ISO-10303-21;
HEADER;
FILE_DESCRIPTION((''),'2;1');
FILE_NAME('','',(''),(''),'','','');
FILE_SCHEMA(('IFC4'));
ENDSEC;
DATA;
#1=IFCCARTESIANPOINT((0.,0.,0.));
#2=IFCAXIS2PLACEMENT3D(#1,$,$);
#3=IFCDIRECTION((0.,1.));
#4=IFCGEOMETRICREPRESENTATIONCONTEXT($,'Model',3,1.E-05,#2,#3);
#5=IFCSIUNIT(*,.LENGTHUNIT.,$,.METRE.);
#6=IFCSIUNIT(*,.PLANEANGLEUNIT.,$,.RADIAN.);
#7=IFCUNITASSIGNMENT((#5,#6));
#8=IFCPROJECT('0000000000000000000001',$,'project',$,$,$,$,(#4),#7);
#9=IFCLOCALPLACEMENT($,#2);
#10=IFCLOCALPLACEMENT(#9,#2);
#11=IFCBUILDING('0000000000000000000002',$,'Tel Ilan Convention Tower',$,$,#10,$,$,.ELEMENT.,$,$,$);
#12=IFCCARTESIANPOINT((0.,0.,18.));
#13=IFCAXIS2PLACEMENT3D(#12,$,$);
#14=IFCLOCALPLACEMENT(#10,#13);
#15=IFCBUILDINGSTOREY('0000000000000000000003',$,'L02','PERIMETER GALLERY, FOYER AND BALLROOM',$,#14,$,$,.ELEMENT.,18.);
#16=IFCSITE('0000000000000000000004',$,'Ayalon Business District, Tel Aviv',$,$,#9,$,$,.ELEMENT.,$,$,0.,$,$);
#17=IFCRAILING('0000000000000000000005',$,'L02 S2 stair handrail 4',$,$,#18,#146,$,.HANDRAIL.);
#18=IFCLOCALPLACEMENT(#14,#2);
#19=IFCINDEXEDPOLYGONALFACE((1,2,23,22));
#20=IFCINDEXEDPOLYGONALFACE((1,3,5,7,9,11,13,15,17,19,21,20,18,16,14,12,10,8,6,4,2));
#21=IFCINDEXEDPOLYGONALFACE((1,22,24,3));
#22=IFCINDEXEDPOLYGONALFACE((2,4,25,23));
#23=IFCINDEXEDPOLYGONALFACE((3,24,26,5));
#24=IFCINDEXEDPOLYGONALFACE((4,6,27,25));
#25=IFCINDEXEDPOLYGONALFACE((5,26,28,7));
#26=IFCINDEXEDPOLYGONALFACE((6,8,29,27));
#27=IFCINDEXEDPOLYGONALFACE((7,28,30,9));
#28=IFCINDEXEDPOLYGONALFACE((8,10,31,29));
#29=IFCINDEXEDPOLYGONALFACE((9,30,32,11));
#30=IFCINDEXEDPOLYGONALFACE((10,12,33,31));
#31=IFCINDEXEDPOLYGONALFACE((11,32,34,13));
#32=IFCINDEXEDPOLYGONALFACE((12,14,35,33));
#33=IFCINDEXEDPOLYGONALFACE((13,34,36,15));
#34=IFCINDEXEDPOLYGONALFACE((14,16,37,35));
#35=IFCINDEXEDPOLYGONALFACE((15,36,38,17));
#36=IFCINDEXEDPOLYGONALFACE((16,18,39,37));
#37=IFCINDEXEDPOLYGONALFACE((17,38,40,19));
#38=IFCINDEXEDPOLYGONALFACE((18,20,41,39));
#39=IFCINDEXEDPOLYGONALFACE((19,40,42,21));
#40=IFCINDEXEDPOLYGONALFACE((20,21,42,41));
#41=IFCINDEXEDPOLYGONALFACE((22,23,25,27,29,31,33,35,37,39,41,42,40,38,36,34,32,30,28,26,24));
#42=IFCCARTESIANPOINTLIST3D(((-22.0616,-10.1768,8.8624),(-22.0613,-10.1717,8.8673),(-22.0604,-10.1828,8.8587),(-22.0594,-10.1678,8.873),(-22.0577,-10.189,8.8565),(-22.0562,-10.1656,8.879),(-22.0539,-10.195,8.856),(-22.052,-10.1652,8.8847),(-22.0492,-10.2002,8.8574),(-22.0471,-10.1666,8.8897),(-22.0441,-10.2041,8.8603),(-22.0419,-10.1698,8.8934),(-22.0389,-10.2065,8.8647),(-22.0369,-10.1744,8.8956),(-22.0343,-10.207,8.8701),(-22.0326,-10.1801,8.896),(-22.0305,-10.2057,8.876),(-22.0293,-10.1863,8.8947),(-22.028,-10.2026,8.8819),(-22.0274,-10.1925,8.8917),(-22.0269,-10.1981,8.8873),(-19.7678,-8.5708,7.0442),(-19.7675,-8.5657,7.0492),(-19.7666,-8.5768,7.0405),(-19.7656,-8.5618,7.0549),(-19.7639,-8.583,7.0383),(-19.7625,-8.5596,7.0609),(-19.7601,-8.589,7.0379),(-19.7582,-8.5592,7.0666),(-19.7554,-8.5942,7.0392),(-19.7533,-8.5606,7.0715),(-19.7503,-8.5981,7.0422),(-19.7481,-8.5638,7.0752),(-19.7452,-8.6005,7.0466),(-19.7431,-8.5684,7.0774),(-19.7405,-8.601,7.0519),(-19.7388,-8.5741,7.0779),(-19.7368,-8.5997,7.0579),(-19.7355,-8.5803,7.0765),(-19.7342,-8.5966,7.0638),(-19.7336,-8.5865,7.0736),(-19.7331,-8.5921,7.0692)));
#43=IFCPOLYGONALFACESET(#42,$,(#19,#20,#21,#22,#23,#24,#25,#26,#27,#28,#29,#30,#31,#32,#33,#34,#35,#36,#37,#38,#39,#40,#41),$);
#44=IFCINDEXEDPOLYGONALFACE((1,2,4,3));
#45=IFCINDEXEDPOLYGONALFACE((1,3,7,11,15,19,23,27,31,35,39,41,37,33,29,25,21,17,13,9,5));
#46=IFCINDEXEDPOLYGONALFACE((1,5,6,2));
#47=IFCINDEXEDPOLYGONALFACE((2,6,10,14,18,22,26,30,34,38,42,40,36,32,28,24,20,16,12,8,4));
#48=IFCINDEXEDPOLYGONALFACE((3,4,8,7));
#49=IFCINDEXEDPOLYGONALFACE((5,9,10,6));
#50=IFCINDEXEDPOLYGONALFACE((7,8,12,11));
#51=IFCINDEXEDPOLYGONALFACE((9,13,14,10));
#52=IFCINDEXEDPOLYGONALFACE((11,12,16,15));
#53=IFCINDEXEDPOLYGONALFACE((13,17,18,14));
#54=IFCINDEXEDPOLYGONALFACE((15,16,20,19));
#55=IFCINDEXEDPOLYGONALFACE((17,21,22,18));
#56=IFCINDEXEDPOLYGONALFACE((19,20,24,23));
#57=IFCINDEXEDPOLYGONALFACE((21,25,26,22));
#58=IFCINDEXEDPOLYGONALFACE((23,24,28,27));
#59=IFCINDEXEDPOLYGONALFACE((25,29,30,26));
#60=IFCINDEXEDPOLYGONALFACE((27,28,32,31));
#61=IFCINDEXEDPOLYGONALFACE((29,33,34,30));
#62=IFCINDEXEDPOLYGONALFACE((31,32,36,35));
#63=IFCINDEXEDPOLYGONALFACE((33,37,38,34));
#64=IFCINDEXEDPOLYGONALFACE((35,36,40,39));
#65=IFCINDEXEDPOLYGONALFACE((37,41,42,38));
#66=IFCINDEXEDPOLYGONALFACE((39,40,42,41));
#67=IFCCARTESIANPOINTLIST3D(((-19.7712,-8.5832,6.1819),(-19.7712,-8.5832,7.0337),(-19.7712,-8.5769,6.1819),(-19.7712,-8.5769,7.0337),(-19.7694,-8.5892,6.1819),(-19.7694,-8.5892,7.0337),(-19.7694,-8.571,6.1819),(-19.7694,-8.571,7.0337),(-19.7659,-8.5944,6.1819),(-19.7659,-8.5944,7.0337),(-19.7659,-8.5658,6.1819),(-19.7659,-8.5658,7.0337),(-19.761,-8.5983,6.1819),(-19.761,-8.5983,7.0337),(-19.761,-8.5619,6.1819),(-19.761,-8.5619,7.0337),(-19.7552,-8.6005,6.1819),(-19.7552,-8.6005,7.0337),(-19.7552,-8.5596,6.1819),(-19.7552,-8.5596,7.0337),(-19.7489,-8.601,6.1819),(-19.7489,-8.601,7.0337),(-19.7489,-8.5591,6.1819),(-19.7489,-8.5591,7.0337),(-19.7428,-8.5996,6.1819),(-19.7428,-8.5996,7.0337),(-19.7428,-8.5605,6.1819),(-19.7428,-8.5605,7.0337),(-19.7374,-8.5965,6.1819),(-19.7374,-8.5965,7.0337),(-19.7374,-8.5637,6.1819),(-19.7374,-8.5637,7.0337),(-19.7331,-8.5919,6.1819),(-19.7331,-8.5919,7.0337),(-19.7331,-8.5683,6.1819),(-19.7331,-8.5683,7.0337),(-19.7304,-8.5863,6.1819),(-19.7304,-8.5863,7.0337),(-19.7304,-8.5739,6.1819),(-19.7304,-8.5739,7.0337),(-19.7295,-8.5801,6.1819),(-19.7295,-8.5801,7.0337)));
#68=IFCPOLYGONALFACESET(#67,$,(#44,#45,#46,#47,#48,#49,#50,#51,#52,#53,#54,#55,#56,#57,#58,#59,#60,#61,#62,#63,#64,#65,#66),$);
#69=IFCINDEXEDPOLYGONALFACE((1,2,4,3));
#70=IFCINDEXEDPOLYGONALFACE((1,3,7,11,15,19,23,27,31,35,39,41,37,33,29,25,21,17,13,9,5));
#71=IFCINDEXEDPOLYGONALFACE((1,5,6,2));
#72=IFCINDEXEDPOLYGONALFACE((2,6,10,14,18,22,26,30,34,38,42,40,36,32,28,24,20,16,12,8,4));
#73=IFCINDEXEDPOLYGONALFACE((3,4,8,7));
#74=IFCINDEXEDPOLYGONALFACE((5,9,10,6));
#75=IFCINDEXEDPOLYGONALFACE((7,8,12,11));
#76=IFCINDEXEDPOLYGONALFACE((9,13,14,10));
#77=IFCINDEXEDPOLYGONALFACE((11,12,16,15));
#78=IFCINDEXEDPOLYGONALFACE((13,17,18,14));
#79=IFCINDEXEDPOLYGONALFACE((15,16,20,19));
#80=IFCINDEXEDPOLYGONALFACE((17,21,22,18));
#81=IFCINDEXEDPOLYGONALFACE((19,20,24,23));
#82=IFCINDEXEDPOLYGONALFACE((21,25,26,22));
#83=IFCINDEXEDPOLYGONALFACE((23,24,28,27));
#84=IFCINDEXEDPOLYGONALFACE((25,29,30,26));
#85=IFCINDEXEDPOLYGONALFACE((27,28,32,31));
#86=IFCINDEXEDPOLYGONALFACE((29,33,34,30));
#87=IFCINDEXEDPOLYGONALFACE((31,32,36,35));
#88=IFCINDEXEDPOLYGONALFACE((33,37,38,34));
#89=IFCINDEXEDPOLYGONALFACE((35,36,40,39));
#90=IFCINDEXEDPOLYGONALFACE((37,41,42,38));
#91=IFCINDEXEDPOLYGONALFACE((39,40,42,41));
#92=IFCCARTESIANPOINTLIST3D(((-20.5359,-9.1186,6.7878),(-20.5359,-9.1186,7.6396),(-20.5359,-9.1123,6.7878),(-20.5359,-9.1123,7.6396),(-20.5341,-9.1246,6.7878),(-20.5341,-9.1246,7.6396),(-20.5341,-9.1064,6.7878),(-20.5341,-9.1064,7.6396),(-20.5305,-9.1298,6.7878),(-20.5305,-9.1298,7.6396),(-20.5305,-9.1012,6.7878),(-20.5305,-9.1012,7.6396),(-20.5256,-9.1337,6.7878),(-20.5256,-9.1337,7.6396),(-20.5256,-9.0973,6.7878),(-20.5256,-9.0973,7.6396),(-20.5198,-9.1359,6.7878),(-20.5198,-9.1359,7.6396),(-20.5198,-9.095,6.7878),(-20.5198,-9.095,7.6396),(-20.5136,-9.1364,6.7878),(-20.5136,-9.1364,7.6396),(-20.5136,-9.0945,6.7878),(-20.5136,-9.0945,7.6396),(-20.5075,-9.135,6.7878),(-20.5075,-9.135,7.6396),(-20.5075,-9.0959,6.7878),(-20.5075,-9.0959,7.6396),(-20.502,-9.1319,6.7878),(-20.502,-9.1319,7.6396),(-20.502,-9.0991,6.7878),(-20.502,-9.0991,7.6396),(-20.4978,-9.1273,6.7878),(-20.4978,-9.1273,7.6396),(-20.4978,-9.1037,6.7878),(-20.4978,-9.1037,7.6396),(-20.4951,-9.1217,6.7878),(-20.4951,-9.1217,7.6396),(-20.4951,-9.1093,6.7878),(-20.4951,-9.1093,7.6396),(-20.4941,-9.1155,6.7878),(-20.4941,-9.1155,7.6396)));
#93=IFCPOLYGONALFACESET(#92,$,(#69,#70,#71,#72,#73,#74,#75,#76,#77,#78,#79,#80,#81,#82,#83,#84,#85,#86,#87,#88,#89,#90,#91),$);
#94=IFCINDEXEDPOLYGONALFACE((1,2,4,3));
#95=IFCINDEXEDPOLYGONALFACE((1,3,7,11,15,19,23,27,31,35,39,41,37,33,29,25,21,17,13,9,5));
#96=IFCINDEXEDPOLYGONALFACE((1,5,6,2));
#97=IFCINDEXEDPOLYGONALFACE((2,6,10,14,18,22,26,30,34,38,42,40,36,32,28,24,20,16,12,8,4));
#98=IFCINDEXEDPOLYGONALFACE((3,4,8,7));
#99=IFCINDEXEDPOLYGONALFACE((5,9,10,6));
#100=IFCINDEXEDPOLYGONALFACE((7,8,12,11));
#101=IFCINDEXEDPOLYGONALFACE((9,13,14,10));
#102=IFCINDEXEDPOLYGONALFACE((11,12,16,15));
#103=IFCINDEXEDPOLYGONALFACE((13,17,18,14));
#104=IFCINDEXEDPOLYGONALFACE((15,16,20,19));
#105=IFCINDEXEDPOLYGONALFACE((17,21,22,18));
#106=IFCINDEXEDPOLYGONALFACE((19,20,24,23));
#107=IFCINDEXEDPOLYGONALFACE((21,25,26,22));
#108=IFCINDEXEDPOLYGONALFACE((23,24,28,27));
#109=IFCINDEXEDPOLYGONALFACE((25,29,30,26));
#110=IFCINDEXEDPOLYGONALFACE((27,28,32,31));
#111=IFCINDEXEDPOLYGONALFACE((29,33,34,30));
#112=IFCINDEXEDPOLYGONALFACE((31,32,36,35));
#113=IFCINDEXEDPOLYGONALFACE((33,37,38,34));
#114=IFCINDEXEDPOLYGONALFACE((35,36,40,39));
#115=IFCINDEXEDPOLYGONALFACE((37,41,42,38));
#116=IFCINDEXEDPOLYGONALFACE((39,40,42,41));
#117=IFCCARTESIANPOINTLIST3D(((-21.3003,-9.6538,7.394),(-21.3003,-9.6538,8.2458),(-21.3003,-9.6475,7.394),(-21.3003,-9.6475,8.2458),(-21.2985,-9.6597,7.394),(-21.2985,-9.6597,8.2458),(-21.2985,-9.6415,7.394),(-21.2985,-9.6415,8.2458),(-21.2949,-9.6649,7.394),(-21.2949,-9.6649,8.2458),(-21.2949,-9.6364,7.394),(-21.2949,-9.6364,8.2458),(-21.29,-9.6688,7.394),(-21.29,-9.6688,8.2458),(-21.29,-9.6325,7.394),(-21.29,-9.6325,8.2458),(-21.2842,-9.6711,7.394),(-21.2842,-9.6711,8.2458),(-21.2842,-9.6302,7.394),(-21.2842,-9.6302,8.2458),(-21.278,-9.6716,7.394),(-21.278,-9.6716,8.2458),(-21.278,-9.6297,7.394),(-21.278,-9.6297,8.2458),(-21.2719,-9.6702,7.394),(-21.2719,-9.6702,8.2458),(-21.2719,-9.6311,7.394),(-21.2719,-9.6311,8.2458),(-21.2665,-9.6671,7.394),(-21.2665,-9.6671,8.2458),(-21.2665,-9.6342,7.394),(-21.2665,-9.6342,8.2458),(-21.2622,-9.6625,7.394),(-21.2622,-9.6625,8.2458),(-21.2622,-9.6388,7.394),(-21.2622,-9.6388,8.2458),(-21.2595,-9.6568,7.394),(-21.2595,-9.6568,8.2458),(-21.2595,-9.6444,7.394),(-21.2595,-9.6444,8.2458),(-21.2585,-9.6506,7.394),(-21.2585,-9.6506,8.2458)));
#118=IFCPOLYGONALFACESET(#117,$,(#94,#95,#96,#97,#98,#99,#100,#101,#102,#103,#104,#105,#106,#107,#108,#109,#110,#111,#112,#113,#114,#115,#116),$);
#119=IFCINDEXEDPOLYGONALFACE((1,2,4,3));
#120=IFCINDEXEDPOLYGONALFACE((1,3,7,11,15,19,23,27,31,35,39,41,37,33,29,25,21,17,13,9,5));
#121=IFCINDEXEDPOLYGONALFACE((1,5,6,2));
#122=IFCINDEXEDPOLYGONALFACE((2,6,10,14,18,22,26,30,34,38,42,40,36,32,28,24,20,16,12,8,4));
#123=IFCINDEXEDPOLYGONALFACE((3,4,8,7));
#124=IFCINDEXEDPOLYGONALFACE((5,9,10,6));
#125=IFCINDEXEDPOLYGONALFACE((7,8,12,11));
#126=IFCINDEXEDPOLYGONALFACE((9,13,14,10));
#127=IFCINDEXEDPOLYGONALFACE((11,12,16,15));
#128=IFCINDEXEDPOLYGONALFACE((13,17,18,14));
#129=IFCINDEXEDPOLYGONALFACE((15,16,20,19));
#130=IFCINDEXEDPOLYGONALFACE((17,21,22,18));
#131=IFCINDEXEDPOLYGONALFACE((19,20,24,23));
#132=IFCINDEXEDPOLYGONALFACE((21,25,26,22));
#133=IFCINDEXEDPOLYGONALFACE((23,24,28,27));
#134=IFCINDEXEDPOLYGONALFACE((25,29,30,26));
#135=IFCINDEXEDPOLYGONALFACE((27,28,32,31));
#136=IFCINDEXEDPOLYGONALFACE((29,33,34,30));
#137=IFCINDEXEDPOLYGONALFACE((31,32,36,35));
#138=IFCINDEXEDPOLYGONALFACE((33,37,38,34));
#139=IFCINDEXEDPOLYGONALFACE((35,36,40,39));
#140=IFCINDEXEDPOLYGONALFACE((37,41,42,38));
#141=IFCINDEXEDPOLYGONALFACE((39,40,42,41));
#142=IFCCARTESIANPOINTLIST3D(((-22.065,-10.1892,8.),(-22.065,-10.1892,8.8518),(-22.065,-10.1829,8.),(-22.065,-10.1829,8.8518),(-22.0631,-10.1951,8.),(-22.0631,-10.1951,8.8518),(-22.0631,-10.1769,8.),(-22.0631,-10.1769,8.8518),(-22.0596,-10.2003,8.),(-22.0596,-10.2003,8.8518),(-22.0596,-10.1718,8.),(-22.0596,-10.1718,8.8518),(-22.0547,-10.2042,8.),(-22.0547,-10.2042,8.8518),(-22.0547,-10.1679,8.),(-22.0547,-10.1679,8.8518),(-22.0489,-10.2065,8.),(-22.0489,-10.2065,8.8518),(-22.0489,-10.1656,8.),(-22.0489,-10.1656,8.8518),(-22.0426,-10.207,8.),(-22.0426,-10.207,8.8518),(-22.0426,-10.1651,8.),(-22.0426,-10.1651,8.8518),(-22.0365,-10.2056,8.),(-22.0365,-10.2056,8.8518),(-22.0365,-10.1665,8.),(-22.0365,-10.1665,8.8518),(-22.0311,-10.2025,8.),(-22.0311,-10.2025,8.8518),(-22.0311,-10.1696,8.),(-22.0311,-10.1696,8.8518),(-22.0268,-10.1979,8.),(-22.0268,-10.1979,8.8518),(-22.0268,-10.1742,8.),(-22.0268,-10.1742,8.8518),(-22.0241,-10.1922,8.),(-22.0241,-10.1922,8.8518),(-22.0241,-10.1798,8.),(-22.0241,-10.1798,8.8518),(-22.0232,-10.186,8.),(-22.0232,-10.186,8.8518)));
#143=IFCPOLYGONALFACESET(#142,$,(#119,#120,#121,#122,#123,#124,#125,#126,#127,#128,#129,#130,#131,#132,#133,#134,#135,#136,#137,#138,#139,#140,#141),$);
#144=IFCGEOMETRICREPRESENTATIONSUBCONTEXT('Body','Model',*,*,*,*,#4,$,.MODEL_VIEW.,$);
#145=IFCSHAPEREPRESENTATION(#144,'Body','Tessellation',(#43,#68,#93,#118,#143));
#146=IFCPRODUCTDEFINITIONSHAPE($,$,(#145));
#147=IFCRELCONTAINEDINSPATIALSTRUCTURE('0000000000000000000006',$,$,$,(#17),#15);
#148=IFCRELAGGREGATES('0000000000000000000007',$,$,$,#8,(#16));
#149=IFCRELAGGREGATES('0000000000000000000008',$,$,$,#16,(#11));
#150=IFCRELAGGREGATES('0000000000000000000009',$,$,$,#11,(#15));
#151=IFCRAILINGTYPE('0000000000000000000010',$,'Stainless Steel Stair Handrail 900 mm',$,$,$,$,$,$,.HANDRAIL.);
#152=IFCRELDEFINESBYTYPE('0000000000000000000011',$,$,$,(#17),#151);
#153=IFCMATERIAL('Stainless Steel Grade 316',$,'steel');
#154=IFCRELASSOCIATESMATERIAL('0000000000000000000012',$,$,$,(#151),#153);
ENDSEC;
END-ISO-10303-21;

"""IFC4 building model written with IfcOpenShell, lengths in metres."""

from ifc_helpers import new_model, si_unit, direction, frame, origin, origin_2d, place, context, subcontext, project, spatial, circle, extrude, material, type_object, element, save


model = new_model("IFC4")

# Units and contexts
model_context = context("Model", 3, precision=1e-05, world=origin(), true_north=direction((0.0, 1.0)))
body_context = subcontext(model_context, "Body", "Model", "MODEL_VIEW")
ifc_project = project(units=[si_unit("LENGTHUNIT", "METRE"), si_unit("PLANEANGLEUNIT", "RADIAN")], contexts=[model_context])

# Site, building, storey
site_placement = place(None, origin())
site = spatial("IfcSite", under=ifc_project, at=site_placement, Name="Ayalon Business District, Tel Aviv", CompositionType="ELEMENT", RefElevation=0.0)
building_placement = place(site_placement, origin())
building = spatial("IfcBuilding", under=site, at=building_placement, Name="Tel Ilan Convention Tower", CompositionType="ELEMENT")
storey_placement = place(building_placement, frame((0.0, 0.0, 18.0)))
storey = spatial("IfcBuildingStorey", under=building, at=storey_placement, Name="L02", Description="PERIMETER GALLERY, FOYER AND BALLROOM", CompositionType="ELEMENT", Elevation=18.0)

# Railing
ifc_material_1 = material(Name="Stainless Steel Grade 316", Category="steel")
railing_type_1 = type_object("IfcRailingType", Name="Stainless Steel Stair Handrail 900 mm", PredefinedType="HANDRAIL", material=ifc_material_1)
for number, where, name in (
    (1, (-19.7505, -8.5801, 6.1819), "L02 S2 stair handrail 4"),
):
    element("IfcRailing", number, at=place(storey_placement, frame(where)), inside=storey, type_object=railing_type_1, Name=name, PredefinedType="HANDRAIL", context=body_context, shape_type="SweptSolid", body=[
        extrude(circle(Radius=0.0239, at=origin_2d()), frame((0.0, 0.0, 0.876), z_axis=(-0.687042, -0.481039, 0.544587), x_axis=(0.57355, -0.81917, 0.0)), (0.0, 0.0, 1.0), 3.3386),
        extrude(circle(Radius=0.021, at=origin_2d()), origin(), (0.0, 0.0, 1.0), 0.8518),
        extrude(circle(Radius=0.021, at=origin_2d()), frame((-0.7646, -0.5354, 0.606)), (0.0, 0.0, 1.0), 0.8518),
        extrude(circle(Radius=0.021, at=origin_2d()), frame((-1.5291, -1.0706, 1.2122)), (0.0, 0.0, 1.0), 0.8518),
        extrude(circle(Radius=0.021, at=origin_2d()), frame((-2.2937, -1.606, 1.8181)), (0.0, 0.0, 1.0), 0.8518),
    ])

save(model, "model.ifc")
